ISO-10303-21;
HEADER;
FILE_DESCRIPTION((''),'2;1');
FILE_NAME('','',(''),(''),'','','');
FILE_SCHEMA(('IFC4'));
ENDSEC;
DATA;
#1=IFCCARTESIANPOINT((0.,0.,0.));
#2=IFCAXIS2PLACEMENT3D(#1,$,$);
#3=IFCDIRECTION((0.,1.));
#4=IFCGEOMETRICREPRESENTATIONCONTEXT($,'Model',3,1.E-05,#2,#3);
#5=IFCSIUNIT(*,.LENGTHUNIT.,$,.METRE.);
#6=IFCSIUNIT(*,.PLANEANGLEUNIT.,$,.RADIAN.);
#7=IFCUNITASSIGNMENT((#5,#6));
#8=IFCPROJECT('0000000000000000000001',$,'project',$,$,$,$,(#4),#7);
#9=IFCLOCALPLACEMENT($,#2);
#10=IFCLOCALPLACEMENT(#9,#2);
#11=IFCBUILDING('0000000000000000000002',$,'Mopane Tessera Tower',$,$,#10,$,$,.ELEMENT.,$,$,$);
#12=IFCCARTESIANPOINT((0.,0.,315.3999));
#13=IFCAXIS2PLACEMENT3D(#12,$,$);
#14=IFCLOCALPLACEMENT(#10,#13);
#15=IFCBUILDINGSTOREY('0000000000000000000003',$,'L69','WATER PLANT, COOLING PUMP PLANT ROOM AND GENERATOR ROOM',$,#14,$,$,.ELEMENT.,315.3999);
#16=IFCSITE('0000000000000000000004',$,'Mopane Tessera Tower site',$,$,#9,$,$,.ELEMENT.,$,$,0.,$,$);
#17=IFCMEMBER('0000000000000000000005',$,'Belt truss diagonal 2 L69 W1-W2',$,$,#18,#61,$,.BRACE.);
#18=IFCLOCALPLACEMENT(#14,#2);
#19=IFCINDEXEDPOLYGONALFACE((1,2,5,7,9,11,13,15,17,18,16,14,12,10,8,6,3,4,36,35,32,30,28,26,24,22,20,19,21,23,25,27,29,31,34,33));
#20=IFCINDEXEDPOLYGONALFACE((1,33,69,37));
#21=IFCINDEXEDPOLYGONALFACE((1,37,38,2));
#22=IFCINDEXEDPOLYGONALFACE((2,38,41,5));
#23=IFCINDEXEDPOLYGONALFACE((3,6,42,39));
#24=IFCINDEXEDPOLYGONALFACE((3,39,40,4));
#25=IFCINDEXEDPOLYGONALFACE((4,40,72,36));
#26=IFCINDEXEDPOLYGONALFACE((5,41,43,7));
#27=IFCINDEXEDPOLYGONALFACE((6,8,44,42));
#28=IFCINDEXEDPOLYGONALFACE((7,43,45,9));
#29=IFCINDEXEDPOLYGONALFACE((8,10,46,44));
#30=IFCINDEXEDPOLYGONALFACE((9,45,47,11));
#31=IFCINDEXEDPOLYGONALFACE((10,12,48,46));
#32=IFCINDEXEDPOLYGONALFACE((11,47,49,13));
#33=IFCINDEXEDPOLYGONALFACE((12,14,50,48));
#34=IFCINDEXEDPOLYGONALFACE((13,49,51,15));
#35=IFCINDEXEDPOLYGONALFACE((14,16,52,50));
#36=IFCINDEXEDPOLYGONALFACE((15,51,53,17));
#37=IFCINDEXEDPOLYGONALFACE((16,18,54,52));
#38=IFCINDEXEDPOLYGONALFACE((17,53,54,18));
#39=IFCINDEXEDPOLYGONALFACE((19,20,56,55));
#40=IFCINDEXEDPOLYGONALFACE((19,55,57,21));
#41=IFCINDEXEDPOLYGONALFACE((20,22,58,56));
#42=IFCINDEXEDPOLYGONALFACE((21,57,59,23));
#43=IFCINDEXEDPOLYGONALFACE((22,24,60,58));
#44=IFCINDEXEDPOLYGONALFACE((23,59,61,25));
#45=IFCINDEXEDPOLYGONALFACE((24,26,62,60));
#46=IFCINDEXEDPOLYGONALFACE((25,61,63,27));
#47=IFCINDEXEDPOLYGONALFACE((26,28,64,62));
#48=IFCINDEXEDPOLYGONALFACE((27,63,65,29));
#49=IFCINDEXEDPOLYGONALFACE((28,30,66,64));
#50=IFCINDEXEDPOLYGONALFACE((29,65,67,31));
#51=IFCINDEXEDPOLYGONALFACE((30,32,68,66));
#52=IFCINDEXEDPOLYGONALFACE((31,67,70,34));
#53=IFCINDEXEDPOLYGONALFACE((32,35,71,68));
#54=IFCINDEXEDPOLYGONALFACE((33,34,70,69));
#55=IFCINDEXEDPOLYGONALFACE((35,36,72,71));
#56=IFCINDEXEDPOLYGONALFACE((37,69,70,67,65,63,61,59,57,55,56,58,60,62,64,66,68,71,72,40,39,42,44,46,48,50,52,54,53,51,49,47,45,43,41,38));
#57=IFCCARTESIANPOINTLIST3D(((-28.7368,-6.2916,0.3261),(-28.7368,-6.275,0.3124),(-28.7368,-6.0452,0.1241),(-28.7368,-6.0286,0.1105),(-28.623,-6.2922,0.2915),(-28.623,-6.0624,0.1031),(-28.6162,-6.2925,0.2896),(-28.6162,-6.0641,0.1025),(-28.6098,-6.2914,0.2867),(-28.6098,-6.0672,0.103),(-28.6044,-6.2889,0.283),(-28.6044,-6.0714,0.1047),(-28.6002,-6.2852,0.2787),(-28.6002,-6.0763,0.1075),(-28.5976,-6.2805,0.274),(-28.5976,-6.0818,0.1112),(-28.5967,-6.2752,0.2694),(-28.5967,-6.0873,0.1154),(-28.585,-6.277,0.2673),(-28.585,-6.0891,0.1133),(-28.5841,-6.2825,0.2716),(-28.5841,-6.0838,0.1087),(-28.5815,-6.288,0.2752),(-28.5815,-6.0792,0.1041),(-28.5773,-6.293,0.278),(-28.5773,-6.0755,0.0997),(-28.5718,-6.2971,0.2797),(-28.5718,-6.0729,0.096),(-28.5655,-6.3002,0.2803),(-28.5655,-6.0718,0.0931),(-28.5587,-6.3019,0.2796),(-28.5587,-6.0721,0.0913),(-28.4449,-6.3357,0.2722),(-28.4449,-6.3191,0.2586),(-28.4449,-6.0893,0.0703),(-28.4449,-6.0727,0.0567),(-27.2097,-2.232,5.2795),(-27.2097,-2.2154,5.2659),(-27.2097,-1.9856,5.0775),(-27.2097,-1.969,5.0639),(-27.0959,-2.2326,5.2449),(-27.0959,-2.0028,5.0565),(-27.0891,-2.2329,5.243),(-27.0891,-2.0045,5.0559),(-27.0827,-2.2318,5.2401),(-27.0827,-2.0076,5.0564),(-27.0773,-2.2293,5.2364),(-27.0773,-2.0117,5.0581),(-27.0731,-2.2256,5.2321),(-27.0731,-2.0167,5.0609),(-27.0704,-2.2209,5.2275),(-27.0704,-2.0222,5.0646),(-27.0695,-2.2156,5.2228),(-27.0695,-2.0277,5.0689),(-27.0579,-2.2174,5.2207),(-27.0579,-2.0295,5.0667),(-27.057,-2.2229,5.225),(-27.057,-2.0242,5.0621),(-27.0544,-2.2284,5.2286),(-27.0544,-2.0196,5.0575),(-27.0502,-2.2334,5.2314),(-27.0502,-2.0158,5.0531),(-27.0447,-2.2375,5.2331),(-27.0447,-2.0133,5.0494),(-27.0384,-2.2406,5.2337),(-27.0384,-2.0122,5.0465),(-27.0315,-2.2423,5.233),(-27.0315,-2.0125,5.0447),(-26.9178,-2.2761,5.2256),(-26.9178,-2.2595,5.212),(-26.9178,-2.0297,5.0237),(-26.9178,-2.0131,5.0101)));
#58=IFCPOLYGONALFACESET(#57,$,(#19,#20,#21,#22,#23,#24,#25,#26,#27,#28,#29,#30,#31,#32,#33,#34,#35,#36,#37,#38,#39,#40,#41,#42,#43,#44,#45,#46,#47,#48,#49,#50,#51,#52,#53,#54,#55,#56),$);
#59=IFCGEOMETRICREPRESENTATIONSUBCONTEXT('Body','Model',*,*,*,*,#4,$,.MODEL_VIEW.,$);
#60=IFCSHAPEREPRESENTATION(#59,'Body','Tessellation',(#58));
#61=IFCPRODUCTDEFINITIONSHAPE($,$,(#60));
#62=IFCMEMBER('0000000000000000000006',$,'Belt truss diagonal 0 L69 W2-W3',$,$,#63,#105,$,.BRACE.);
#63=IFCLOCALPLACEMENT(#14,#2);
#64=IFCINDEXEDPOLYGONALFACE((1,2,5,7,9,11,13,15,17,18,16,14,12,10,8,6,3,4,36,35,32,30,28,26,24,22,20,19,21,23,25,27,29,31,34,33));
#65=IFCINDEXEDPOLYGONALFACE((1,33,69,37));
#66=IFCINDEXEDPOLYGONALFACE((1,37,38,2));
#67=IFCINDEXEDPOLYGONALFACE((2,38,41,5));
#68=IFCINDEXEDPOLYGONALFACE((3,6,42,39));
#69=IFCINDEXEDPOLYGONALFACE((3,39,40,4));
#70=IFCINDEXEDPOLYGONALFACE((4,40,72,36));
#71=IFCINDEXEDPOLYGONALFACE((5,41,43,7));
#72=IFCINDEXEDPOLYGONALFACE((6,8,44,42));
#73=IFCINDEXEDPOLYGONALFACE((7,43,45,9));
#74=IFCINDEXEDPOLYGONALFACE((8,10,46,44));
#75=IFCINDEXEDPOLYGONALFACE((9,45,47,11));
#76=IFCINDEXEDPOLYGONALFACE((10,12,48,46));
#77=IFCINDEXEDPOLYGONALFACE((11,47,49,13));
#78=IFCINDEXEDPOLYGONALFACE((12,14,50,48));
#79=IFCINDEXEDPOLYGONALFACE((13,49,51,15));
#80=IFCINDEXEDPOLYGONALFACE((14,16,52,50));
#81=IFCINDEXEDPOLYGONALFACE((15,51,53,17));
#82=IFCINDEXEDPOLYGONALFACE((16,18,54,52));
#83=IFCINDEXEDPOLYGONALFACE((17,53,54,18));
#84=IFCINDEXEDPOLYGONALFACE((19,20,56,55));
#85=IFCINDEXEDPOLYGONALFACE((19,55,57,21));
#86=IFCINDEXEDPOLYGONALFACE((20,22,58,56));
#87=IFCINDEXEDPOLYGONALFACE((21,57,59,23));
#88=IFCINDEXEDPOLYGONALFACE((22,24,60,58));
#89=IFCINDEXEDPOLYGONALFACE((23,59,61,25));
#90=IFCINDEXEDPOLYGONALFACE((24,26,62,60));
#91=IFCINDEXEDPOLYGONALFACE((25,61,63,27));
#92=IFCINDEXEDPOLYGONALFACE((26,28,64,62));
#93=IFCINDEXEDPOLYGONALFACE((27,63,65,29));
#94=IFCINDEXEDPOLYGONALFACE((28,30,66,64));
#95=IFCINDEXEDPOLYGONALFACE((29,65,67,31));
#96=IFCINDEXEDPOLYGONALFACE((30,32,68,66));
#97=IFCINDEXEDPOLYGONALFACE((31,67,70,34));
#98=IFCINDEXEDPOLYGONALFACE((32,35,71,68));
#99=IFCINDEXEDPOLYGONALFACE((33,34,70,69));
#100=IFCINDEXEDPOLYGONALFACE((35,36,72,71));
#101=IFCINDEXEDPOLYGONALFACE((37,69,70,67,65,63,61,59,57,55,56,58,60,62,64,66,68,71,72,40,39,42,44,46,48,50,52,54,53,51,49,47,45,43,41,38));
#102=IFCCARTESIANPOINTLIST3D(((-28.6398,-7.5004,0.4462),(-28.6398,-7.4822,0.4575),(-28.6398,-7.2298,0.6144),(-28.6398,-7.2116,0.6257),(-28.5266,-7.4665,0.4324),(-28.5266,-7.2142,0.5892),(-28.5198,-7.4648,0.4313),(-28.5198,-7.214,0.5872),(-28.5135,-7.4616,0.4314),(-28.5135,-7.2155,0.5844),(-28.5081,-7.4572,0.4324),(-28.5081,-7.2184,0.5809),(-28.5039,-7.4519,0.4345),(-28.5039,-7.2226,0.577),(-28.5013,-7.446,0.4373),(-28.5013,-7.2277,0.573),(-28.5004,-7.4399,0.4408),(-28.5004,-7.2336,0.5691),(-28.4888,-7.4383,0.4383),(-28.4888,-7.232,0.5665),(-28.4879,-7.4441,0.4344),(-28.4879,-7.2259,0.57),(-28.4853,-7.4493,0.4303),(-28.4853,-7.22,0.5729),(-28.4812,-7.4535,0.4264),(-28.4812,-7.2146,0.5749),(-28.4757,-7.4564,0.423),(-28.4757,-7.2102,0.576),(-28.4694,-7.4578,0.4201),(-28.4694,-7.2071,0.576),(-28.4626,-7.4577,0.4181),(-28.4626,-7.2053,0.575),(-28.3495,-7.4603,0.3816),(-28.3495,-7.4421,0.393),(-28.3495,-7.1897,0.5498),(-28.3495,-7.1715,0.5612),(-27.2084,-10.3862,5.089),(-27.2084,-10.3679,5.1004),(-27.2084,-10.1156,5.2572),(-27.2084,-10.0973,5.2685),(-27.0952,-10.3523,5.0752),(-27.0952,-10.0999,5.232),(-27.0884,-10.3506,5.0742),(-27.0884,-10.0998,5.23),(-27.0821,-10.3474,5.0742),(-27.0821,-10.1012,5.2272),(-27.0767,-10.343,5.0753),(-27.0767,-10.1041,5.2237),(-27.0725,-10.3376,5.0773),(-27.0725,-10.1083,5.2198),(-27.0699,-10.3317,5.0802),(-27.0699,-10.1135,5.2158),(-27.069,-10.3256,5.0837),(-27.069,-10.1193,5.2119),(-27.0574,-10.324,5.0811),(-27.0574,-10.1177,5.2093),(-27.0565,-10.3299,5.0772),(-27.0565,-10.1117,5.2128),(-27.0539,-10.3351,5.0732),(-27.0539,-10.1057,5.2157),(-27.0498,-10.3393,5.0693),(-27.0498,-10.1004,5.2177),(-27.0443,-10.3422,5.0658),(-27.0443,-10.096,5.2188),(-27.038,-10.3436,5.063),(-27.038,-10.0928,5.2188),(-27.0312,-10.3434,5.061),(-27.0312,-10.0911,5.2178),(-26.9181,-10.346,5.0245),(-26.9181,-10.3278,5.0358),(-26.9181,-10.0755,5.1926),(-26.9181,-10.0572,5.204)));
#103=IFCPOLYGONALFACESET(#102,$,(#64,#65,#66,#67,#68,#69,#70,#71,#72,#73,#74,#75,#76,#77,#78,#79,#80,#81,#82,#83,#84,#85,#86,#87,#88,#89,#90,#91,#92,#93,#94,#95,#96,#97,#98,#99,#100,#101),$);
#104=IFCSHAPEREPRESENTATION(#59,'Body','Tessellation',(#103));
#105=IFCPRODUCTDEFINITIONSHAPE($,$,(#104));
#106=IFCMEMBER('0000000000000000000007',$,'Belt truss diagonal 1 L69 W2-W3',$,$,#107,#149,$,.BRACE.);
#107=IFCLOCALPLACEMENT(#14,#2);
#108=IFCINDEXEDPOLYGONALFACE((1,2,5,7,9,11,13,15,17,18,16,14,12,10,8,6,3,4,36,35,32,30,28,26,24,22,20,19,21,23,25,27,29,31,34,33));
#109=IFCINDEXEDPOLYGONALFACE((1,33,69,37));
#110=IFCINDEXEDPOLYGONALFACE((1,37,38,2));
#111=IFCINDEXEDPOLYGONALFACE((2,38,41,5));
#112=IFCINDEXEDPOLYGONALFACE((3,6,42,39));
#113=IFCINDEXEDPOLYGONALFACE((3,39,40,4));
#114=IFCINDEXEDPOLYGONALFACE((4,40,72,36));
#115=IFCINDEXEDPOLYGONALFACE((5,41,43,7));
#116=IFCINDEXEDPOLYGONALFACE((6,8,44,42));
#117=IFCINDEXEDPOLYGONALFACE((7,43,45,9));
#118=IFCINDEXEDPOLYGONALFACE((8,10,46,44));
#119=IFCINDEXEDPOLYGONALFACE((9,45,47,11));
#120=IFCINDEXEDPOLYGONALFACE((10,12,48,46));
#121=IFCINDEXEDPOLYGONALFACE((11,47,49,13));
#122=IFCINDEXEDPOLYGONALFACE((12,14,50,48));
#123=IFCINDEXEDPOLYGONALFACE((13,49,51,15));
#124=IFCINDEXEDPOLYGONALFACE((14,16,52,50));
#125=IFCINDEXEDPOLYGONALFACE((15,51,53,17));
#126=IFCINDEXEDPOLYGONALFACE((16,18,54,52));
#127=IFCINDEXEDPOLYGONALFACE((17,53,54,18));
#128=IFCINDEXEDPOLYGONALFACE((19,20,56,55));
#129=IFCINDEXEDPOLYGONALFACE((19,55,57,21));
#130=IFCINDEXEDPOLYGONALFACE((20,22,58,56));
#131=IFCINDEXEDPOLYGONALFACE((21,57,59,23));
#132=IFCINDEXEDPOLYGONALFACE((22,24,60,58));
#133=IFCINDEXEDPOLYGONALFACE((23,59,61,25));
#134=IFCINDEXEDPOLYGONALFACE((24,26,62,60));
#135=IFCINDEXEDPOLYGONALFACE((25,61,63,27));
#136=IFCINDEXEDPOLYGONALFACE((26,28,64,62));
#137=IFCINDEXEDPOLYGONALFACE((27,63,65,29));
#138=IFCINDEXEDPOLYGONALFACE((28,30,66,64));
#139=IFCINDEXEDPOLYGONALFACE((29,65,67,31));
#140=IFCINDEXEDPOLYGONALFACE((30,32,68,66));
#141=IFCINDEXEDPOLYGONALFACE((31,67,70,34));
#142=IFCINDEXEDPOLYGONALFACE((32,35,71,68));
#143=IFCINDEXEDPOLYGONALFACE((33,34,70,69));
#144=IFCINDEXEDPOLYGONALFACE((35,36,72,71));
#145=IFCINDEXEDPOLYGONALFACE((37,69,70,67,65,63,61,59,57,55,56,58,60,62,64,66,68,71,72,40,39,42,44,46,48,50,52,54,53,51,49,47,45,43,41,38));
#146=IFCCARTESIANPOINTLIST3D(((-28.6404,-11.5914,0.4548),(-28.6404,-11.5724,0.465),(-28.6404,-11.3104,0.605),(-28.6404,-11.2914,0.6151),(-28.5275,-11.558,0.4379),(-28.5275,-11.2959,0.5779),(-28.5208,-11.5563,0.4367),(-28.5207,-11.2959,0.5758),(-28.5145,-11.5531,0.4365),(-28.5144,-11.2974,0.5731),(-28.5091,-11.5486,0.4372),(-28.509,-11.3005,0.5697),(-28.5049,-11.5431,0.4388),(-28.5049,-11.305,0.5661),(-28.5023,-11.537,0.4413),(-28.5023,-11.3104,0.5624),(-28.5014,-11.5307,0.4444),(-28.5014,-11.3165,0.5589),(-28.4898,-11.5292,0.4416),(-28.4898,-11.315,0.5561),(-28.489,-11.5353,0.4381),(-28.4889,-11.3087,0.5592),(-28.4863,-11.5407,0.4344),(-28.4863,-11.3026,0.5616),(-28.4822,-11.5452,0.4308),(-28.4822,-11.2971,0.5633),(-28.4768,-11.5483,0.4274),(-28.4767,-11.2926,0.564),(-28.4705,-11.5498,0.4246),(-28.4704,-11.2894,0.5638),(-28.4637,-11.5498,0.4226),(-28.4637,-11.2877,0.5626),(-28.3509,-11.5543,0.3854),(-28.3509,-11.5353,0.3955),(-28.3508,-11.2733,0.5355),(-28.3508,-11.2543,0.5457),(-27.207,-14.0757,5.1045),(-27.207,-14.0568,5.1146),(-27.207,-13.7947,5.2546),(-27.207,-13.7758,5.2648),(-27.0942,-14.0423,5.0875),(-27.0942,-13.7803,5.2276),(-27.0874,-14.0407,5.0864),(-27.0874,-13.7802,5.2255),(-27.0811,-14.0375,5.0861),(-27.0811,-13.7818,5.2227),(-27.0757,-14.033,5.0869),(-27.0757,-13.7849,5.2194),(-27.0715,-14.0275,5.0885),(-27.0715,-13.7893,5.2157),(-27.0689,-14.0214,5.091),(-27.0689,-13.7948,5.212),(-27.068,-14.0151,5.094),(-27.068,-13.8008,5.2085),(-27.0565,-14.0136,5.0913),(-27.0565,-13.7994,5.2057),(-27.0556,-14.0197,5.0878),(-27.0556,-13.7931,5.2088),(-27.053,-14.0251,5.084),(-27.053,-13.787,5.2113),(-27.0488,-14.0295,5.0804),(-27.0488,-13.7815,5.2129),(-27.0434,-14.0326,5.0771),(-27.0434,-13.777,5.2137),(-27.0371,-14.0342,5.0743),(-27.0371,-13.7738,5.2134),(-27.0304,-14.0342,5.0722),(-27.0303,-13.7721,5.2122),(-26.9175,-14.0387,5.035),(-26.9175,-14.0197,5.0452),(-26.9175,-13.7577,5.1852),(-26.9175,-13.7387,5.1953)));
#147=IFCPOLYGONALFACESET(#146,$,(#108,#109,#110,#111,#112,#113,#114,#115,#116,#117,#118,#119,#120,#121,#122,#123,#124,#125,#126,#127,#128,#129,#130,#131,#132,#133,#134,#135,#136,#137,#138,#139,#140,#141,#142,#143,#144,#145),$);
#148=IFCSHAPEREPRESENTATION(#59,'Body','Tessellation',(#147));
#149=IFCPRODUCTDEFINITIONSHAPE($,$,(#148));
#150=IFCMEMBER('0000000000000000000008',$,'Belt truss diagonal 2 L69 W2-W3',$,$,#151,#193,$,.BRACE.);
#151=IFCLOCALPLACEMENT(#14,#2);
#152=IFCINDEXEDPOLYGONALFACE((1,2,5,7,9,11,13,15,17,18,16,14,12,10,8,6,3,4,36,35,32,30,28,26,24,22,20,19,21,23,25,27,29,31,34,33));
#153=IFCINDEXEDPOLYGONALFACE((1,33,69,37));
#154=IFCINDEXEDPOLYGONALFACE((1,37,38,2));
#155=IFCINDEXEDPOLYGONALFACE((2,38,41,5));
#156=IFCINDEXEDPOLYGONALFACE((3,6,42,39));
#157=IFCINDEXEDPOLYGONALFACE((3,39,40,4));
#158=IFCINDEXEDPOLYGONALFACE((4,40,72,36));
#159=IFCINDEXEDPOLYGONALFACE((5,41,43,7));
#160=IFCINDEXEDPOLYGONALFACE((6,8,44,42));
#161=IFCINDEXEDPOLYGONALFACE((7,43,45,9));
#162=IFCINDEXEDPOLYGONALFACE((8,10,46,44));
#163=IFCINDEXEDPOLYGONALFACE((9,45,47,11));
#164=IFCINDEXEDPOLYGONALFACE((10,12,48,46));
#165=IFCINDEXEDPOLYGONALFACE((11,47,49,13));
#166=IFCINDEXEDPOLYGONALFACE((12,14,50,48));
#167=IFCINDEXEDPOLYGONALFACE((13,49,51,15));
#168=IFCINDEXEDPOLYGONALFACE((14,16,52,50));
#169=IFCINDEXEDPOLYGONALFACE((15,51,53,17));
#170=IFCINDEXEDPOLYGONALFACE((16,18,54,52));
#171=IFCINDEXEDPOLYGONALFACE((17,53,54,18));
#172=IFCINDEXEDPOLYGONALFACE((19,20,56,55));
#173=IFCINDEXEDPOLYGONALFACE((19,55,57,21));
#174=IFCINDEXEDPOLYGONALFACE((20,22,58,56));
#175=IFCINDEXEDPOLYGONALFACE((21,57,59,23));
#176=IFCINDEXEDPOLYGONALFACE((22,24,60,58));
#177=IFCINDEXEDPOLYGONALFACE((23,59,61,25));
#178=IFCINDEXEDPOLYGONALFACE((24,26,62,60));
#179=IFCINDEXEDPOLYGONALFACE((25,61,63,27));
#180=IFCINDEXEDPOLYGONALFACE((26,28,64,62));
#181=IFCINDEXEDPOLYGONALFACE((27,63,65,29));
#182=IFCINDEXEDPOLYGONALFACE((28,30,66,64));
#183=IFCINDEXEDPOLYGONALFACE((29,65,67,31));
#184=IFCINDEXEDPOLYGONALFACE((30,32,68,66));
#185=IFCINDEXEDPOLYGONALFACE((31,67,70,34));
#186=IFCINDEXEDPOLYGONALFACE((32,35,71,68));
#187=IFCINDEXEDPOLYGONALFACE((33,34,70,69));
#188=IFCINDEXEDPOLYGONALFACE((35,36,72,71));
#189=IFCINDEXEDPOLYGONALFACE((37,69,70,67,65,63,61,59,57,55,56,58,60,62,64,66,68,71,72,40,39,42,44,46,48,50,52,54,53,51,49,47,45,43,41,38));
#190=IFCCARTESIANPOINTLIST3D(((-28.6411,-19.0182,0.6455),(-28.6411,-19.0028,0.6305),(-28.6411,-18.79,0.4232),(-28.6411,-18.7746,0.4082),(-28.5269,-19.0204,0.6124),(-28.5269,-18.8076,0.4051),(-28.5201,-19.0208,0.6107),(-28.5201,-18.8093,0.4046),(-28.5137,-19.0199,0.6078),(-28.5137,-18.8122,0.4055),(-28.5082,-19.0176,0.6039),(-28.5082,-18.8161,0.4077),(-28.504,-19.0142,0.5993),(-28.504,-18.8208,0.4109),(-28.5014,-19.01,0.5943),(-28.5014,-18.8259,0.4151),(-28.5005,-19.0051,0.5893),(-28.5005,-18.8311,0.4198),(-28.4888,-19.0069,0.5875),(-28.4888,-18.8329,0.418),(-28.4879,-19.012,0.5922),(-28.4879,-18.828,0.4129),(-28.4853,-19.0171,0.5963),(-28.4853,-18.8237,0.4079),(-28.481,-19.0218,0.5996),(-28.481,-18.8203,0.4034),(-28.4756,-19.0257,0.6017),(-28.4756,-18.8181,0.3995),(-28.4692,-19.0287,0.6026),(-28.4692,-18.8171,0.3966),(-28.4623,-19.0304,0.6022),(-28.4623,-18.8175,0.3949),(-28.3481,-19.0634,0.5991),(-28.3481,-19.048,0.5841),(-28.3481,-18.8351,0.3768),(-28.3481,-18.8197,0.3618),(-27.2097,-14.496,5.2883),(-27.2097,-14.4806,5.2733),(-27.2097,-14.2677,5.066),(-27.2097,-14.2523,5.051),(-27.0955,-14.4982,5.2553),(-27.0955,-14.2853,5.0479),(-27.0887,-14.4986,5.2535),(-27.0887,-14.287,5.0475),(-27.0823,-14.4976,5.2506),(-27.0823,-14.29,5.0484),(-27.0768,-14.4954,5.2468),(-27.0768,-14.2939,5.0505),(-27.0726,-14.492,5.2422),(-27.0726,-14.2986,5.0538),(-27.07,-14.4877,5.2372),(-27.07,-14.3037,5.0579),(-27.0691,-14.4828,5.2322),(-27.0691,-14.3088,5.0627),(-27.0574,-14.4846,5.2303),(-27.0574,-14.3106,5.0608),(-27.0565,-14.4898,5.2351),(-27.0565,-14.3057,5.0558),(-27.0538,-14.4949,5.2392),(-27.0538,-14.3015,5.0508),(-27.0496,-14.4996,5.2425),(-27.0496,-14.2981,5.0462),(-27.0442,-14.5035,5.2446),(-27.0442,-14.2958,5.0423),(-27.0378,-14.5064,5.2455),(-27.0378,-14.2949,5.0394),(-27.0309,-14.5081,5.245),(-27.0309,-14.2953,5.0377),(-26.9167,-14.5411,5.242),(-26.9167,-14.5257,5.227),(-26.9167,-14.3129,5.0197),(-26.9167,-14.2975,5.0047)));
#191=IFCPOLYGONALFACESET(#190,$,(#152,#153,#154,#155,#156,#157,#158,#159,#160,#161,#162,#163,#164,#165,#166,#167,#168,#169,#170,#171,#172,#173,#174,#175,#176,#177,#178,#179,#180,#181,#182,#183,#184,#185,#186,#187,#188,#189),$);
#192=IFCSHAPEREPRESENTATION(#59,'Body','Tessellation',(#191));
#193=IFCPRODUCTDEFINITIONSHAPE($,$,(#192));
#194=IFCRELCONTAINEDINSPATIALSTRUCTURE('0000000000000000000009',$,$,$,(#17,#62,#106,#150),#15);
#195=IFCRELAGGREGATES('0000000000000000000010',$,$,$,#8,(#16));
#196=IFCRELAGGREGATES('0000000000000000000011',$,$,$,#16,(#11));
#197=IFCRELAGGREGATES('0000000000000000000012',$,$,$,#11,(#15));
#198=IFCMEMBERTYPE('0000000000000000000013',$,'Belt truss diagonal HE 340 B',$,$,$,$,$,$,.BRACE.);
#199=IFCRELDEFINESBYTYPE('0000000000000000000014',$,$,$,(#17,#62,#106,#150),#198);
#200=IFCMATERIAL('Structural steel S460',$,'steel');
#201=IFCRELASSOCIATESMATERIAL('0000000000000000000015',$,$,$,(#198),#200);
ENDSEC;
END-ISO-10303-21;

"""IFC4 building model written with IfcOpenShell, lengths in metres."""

from ifc_helpers import new_model, si_unit, direction, frame, origin, origin_2d, place, context, subcontext, project, spatial, i_section, extrude, material, material_profile, profile_set, type_object, element, save


model = new_model("IFC4")

# Units and contexts
model_context = context("Model", 3, precision=1e-05, world=origin(), true_north=direction((0.0, 1.0)))
body_context = subcontext(model_context, "Body", "Model", "MODEL_VIEW")
ifc_project = project(units=[si_unit("LENGTHUNIT", "METRE"), si_unit("PLANEANGLEUNIT", "RADIAN")], contexts=[model_context])

# Site, building, storey
site_placement = place(None, origin())
site = spatial("IfcSite", under=ifc_project, at=site_placement, Name="Mopane Tessera Tower site", CompositionType="ELEMENT", RefElevation=0.0)
building_placement = place(site_placement, origin())
building = spatial("IfcBuilding", under=site, at=building_placement, Name="Mopane Tessera Tower", CompositionType="ELEMENT")
storey_placement = place(building_placement, frame((0.0, 0.0, 315.3999)))
storey = spatial("IfcBuildingStorey", under=building, at=storey_placement, Name="L69", Description="WATER PLANT, COOLING PUMP PLANT ROOM AND GENERATOR ROOM", CompositionType="ELEMENT", Elevation=315.3999)

# Members
ifc_material_1 = material(Name="Structural steel S460", Category="steel")
ifc_material_profile_1 = material_profile(ifc_material_1, i_section(OverallWidth=0.3, OverallDepth=0.3401, WebThickness=0.012, FlangeThickness=0.0215, FilletRadius=0.0271, at=origin_2d()))
ifc_profile_set_1 = profile_set([ifc_material_profile_1], Name="Structural steel S460")
member_type_1 = type_object("IfcMemberType", Name="Belt truss diagonal HE 340 B", PredefinedType="BRACE", material=ifc_profile_set_1)
member_1_placement = place(storey_placement, frame((-27.0637, -2.1226, 5.1448), z_axis=(-0.231944, -0.616589, -0.752343), x_axis=(0.972729, -0.147027, -0.179391)))
element("IfcMember", 1, at=member_1_placement, inside=storey, type_object=member_type_1, Name="Belt truss diagonal 2 L69 W1-W2", PredefinedType="BRACE", context=body_context, shape_type="SweptSolid", body=[
    extrude(i_section(OverallWidth=0.3, OverallDepth=0.3401, WebThickness=0.012, FlangeThickness=0.0215, FilletRadius=0.0271, at=origin_2d()), origin(), (0.0, 0.0, 1.0), 6.584),
])
member_2_placement = place(storey_placement, frame((-28.4946, -7.3359, 0.5037), z_axis=(0.253306, -0.510673, 0.821614), x_axis=(0.967386, 0.133718, -0.215136)))
element("IfcMember", 2, at=member_2_placement, inside=storey, type_object=member_type_1, Name="Belt truss diagonal 0 L69 W2-W3", PredefinedType="BRACE", context=body_context, shape_type="SweptSolid", body=[
    extrude(i_section(OverallWidth=0.3, OverallDepth=0.3401, WebThickness=0.012, FlangeThickness=0.0215, FilletRadius=0.0271, at=origin_2d()), origin(), (0.0, 0.0, 1.0), 5.6509),
])
member_3_placement = place(storey_placement, frame((-28.4956, -11.4229, 0.5002), z_axis=(0.262367, -0.454752, 0.851096), x_axis=(0.964968, 0.123549, -0.231457)))
element("IfcMember", 3, at=member_3_placement, inside=storey, type_object=member_type_1, Name="Belt truss diagonal 1 L69 W2-W3", PredefinedType="BRACE", context=body_context, shape_type="SweptSolid", body=[
    extrude(i_section(OverallWidth=0.3, OverallDepth=0.3401, WebThickness=0.012, FlangeThickness=0.0215, FilletRadius=0.0271, at=origin_2d()), origin(), (0.0, 0.0, 1.0), 5.4631),
])
member_4_placement = place(storey_placement, frame((-27.0632, -14.3967, 5.1465), z_axis=(-0.215656, -0.681323, -0.699494), x_axis=(0.976469, -0.150469, -0.154488)))
element("IfcMember", 4, at=member_4_placement, inside=storey, type_object=member_type_1, Name="Belt truss diagonal 2 L69 W2-W3", PredefinedType="BRACE", context=body_context, shape_type="SweptSolid", body=[
    extrude(i_section(OverallWidth=0.3, OverallDepth=0.3401, WebThickness=0.012, FlangeThickness=0.0215, FilletRadius=0.0271, at=origin_2d()), origin(), (0.0, 0.0, 1.0), 6.6375),
])

save(model, "model.ifc")
